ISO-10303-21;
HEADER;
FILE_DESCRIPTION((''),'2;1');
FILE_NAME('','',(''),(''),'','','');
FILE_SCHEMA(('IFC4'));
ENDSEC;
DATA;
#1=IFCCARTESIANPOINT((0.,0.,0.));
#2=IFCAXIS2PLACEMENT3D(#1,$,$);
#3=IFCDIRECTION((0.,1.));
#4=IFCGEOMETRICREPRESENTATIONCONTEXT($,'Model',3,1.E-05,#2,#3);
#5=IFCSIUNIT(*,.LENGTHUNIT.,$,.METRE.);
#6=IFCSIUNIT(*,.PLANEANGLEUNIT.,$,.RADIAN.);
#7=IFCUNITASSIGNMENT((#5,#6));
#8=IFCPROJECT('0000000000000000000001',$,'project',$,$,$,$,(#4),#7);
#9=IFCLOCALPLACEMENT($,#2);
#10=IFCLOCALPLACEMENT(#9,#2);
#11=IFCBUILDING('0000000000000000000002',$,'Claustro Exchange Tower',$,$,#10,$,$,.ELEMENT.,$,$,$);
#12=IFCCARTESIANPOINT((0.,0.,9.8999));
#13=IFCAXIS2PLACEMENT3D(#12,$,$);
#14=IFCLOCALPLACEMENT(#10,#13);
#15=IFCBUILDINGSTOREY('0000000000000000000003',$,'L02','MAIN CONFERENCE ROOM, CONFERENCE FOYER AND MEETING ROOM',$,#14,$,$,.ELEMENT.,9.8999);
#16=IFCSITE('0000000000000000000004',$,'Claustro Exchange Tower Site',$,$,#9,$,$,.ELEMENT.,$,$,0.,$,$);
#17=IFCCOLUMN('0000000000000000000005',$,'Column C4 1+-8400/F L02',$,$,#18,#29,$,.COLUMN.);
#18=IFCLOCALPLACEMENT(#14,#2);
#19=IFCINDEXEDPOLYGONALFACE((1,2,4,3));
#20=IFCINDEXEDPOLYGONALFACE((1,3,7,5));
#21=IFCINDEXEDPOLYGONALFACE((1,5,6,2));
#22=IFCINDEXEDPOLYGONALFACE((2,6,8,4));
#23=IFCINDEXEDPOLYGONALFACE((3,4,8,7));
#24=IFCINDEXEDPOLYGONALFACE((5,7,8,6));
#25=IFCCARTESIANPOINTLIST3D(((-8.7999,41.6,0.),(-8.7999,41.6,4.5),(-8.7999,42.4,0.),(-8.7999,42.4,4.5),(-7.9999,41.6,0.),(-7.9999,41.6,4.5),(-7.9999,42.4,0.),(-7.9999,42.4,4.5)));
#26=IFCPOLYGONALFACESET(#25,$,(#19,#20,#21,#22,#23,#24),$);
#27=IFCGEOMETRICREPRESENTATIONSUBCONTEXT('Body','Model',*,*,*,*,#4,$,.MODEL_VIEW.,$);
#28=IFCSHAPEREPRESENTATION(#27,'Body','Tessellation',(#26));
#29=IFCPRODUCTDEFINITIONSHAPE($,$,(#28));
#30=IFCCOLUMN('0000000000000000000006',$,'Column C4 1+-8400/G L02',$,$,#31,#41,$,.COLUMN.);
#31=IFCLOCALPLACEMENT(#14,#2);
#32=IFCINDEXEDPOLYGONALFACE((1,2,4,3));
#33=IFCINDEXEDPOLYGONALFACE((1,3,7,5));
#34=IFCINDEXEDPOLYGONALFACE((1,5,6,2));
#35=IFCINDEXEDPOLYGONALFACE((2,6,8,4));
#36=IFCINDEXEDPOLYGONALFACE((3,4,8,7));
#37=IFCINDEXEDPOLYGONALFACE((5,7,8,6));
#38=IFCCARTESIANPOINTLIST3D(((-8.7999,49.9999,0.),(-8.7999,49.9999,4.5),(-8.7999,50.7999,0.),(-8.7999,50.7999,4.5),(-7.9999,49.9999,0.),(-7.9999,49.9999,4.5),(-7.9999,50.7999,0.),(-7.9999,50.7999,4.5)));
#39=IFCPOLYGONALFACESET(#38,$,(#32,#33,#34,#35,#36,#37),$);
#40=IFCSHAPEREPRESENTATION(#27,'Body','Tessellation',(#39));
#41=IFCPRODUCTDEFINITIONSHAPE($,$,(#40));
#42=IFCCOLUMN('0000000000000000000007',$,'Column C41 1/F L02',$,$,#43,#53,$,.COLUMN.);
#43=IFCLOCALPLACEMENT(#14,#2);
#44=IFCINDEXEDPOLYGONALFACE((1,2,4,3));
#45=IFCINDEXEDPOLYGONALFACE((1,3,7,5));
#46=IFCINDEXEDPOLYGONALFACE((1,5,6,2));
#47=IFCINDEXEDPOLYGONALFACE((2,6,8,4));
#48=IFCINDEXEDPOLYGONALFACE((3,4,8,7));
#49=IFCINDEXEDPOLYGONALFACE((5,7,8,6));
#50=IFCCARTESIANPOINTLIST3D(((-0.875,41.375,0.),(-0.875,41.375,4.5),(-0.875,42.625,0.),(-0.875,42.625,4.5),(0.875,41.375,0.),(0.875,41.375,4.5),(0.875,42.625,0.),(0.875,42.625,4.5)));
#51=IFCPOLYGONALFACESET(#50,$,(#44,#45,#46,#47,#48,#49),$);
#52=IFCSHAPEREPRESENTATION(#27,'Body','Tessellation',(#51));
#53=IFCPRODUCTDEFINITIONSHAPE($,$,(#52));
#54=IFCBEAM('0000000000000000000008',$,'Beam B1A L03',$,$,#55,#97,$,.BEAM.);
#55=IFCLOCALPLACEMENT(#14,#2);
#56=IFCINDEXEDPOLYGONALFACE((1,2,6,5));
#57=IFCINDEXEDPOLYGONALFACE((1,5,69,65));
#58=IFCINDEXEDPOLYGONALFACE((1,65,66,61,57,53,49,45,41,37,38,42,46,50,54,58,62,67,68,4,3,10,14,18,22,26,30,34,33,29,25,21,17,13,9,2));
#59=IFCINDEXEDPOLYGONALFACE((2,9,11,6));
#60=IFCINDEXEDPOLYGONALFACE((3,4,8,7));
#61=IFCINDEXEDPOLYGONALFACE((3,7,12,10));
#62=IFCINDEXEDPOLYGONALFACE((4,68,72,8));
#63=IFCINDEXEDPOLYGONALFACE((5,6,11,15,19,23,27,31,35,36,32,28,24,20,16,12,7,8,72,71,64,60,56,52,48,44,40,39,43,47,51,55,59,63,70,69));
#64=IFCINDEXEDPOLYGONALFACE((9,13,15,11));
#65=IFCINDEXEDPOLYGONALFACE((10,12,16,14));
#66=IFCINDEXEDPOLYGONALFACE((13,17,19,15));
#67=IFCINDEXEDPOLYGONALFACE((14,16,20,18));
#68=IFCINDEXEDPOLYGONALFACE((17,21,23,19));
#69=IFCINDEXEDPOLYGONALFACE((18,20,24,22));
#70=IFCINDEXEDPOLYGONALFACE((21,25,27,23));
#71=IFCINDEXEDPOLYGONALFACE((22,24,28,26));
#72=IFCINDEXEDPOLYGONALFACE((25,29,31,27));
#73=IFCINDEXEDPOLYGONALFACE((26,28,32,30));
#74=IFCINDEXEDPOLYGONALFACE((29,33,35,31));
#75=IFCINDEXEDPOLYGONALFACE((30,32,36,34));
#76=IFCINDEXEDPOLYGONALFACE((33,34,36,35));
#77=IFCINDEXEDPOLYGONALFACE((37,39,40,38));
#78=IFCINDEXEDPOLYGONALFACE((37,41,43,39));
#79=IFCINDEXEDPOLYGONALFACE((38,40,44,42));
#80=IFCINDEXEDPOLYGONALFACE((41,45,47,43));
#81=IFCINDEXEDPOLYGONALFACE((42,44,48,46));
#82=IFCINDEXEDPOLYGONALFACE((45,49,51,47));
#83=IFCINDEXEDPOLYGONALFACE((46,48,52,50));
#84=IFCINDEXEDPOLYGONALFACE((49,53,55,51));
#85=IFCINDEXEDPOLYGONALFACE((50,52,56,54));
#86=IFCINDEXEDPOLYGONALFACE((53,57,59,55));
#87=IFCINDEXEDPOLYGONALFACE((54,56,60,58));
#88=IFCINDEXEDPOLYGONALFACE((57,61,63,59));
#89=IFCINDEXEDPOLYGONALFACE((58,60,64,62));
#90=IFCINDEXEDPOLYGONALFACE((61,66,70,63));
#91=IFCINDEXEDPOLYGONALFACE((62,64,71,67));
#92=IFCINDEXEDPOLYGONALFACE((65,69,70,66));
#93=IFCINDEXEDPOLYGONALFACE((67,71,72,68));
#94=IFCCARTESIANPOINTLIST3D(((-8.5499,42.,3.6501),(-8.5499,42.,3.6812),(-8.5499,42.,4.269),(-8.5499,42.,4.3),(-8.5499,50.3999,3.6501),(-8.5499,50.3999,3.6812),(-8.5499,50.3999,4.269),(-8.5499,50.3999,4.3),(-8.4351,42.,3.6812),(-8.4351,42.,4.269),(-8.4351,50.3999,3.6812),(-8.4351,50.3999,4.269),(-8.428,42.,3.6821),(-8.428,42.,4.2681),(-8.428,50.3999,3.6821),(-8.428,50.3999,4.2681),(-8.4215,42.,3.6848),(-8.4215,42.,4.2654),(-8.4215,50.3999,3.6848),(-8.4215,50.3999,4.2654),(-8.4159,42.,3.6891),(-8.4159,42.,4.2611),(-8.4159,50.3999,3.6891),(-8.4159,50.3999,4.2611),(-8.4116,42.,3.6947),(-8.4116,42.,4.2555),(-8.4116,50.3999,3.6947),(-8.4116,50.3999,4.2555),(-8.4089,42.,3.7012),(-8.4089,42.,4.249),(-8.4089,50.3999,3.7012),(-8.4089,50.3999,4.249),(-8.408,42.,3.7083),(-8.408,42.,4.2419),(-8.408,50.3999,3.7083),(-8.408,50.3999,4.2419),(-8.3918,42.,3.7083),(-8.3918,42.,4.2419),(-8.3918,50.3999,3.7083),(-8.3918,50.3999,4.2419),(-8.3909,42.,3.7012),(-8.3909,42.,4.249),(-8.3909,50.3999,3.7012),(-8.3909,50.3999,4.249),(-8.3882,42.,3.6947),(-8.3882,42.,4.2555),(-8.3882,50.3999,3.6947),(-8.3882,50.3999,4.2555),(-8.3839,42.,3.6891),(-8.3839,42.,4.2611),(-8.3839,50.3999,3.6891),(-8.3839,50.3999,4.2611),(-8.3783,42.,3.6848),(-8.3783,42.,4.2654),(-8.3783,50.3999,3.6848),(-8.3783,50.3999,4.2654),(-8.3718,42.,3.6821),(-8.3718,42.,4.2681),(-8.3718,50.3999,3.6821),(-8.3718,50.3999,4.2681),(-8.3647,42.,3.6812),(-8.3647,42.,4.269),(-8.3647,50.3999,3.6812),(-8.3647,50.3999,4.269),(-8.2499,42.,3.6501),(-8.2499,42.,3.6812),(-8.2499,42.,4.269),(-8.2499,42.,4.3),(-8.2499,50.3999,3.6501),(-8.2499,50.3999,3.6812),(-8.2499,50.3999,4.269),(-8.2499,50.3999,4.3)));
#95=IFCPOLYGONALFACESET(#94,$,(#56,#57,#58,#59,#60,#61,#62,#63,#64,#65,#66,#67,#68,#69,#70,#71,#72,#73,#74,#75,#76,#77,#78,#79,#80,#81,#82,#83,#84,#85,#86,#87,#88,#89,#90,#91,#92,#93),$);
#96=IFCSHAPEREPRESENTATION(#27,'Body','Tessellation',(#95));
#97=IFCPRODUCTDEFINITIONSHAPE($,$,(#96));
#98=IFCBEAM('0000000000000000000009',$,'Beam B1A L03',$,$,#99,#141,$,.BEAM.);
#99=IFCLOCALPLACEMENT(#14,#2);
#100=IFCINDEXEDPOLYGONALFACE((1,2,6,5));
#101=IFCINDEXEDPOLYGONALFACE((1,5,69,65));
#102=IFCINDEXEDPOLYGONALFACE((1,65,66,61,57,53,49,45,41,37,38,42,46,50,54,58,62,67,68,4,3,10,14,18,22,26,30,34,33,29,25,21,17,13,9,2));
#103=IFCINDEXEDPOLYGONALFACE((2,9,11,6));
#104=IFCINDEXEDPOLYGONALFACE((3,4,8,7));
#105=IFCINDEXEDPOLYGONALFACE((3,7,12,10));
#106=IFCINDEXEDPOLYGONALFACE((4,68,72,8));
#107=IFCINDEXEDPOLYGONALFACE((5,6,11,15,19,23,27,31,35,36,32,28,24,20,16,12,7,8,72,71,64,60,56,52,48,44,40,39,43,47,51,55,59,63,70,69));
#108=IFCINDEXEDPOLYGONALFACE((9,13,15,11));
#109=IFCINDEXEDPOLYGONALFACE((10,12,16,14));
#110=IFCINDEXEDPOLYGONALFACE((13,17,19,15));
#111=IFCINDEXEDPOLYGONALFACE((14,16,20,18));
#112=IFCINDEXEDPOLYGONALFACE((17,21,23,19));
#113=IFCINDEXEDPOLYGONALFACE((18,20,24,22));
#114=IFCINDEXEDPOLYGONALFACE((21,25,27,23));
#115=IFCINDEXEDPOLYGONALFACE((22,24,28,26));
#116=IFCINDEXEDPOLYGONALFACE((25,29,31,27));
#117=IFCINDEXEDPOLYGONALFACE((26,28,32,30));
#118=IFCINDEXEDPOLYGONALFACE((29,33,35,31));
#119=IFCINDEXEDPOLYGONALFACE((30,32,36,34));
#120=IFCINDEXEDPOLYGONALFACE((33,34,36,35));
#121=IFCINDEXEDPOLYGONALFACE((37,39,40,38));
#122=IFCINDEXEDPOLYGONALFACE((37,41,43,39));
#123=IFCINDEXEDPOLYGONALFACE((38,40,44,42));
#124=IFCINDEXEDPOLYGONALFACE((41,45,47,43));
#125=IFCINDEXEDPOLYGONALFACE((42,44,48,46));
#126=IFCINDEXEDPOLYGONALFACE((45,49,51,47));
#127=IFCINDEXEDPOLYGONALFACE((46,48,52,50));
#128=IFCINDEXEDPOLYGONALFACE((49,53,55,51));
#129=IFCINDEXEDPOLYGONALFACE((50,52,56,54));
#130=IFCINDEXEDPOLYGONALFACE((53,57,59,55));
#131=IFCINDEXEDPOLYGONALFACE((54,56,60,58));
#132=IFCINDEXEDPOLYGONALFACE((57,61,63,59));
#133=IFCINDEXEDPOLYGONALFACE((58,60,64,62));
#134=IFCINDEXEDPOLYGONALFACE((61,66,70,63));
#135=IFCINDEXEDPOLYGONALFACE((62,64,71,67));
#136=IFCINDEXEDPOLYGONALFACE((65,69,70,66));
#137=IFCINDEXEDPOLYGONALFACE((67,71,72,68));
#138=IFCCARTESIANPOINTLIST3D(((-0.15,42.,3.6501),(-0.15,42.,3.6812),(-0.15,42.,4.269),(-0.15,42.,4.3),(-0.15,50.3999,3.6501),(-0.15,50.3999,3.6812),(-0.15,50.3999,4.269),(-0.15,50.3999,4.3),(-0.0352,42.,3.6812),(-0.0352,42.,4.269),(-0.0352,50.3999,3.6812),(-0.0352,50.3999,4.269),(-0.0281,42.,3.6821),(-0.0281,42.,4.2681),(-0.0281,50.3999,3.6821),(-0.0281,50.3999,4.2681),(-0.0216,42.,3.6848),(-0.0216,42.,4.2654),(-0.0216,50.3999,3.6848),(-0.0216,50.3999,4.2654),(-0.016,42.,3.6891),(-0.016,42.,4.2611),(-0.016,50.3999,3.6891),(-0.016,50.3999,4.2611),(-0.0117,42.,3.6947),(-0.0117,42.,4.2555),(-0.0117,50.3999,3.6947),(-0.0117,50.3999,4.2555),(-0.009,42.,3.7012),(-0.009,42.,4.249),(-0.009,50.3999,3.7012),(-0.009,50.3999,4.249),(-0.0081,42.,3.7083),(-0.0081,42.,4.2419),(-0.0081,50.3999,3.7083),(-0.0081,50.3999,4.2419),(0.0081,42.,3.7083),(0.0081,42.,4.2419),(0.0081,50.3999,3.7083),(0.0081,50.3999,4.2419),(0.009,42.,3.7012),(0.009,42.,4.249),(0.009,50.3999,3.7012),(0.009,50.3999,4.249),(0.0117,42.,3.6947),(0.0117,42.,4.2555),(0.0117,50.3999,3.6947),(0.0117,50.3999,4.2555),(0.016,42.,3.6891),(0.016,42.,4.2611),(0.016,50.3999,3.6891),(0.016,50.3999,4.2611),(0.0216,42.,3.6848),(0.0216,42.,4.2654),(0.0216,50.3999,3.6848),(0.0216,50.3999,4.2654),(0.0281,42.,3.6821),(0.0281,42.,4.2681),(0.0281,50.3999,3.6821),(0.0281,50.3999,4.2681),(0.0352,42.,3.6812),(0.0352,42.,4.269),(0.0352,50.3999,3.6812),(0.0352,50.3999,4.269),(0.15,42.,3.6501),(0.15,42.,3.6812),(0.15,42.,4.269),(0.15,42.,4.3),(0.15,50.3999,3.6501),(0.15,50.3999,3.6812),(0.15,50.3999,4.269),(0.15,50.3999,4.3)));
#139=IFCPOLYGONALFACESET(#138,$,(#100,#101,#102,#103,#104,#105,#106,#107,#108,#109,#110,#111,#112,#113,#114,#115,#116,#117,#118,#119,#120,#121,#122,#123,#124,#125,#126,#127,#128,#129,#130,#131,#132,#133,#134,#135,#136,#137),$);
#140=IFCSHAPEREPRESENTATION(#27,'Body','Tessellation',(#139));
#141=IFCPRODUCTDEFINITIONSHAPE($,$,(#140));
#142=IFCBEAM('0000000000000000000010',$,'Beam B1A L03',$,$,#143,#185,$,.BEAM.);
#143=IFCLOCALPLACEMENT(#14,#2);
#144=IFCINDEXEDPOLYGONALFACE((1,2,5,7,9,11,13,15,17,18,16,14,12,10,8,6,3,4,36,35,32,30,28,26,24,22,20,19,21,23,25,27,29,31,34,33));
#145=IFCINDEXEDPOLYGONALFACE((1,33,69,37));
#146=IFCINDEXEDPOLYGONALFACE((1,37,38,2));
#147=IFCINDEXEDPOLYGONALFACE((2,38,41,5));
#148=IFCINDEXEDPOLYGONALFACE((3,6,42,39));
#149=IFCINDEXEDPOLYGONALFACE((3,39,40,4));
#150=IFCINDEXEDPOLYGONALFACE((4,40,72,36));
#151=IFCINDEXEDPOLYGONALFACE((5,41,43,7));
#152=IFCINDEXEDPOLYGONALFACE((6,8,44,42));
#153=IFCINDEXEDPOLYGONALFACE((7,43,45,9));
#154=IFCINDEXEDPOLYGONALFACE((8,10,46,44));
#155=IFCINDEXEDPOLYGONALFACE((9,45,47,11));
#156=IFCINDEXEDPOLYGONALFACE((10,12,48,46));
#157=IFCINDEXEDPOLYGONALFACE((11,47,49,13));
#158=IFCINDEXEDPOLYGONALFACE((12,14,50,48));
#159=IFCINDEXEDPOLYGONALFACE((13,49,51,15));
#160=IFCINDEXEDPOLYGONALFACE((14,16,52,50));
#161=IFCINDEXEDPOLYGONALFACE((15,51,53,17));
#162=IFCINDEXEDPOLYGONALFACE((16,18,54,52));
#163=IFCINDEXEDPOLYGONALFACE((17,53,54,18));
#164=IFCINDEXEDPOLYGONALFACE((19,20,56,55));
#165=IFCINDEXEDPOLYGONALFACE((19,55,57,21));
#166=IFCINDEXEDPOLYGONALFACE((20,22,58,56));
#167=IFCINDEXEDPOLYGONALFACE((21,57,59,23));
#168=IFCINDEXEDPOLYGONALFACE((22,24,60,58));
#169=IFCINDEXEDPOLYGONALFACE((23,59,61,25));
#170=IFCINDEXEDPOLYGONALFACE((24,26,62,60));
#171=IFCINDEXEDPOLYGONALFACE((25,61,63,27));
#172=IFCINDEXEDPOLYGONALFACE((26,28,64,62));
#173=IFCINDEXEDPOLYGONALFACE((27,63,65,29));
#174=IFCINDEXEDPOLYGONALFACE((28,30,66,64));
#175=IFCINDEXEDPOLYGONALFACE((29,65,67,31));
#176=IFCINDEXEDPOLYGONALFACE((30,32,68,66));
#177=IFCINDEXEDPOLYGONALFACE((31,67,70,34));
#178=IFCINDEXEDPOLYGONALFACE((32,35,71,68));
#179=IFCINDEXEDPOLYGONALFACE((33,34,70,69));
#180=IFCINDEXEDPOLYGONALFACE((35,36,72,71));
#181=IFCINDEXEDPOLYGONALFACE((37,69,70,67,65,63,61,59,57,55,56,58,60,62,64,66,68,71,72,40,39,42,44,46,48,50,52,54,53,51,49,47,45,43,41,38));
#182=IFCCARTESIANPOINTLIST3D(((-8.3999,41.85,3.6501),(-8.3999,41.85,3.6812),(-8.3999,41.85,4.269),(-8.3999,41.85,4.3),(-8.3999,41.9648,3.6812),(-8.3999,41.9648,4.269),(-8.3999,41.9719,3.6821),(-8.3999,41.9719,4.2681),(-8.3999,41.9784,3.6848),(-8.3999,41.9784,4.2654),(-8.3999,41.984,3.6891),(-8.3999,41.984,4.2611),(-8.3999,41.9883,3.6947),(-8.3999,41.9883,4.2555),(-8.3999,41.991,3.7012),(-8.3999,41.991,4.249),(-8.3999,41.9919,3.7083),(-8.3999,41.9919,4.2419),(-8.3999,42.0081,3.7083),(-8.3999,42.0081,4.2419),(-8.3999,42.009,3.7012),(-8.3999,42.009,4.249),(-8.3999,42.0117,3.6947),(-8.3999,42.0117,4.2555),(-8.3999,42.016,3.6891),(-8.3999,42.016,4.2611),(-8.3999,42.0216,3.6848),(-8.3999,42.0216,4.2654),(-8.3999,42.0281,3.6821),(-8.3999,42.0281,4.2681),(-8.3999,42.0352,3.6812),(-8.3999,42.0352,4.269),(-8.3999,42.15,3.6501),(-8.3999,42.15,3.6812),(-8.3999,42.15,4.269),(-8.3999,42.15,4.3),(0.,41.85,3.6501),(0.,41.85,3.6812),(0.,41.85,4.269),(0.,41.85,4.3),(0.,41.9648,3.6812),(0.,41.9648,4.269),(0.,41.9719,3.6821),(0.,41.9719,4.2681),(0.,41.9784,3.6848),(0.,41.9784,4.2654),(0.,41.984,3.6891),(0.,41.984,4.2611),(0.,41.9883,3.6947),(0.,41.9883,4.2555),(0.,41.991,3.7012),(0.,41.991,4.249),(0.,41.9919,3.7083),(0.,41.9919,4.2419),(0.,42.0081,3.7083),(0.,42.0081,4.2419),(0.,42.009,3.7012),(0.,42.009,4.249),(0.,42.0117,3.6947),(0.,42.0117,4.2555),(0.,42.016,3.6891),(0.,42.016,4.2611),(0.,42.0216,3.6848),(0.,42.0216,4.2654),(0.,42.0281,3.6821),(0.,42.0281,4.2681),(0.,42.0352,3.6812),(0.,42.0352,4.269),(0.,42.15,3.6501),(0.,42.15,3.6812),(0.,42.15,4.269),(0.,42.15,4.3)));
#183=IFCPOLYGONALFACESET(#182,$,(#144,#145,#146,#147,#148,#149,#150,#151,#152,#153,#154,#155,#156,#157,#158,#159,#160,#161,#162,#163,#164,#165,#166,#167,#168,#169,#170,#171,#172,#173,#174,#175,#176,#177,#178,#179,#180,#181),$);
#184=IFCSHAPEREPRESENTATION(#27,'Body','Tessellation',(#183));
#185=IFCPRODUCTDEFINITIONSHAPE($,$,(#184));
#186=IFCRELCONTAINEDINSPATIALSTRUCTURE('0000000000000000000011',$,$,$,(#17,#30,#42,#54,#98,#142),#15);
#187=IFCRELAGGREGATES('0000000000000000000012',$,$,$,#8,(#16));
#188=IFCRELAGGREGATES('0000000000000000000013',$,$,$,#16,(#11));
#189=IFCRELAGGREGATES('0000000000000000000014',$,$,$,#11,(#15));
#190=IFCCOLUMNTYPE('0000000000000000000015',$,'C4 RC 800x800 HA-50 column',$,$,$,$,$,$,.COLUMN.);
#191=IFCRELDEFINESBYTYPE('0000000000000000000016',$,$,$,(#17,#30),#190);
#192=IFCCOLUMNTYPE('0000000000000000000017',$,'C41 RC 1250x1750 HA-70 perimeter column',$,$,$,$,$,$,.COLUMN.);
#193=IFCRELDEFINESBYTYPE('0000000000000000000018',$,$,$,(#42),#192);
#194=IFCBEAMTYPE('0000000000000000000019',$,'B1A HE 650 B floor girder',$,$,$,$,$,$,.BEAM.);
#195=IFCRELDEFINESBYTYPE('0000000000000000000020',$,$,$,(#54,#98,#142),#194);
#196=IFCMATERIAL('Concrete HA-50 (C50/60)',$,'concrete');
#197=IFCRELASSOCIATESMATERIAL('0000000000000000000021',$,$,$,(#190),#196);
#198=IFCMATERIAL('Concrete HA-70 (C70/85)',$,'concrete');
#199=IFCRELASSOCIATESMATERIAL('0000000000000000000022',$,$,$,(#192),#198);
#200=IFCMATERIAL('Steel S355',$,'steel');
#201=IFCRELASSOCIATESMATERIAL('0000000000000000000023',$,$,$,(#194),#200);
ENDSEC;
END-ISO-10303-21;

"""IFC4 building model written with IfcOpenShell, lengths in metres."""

from ifc_helpers import new_model, si_unit, direction, frame, origin, origin_2d, place, context, subcontext, project, spatial, rectangle, i_section, extrude, material, material_profile, profile_set, type_object, element, save


model = new_model("IFC4")

# Units and contexts
model_context = context("Model", 3, precision=1e-05, world=origin(), true_north=direction((0.0, 1.0)))
body_context = subcontext(model_context, "Body", "Model", "MODEL_VIEW")
ifc_project = project(units=[si_unit("LENGTHUNIT", "METRE"), si_unit("PLANEANGLEUNIT", "RADIAN")], contexts=[model_context])

# Site, building, storey
site_placement = place(None, origin())
site = spatial("IfcSite", under=ifc_project, at=site_placement, Name="Claustro Exchange Tower Site", CompositionType="ELEMENT", RefElevation=0.0)
building_placement = place(site_placement, origin())
building = spatial("IfcBuilding", under=site, at=building_placement, Name="Claustro Exchange Tower", CompositionType="ELEMENT")
storey_placement = place(building_placement, frame((0.0, 0.0, 9.8999)))
storey = spatial("IfcBuildingStorey", under=building, at=storey_placement, Name="L02", Description="MAIN CONFERENCE ROOM, CONFERENCE FOYER AND MEETING ROOM", CompositionType="ELEMENT", Elevation=9.8999)

# Columns
ifc_material_1 = material(Name="Concrete HA-50 (C50/60)", Category="concrete")
ifc_material_profile_1 = material_profile(ifc_material_1, rectangle(XDim=0.8, YDim=0.8, at=origin_2d()), Name="RC 800x800")
ifc_profile_set_1 = profile_set([ifc_material_profile_1], Name="Concrete HA-50 (C50/60)")
column_type_1 = type_object("IfcColumnType", Name="C4 RC 800x800 HA-50 column", PredefinedType="COLUMN", material=ifc_profile_set_1)
for number, where, z_axis, x_axis, name in (
    (1, (-8.3999, 42.0, 0.0), (0.0, 0.0, 1.0), (1.0, 0.0, 0.0), "Column C4 1+-8400/F L02"),
    (2, (-8.3999, 50.3999, 0.0), (0.0, 0.0, 1.0), (1.0, 0.0, 0.0), "Column C4 1+-8400/G L02"),
):
    element("IfcColumn", number, at=place(storey_placement, frame(where, z_axis=z_axis, x_axis=x_axis)), inside=storey, type_object=column_type_1, Name=name, PredefinedType="COLUMN", context=body_context, shape_type="SweptSolid", body=[
        extrude(rectangle(XDim=0.8, YDim=0.8, at=origin_2d()), origin(), (0.0, 0.0, 1.0), 4.5),
    ])
ifc_material_2 = material(Name="Concrete HA-70 (C70/85)", Category="concrete")
ifc_material_profile_2 = material_profile(ifc_material_2, rectangle(XDim=1.25, YDim=1.75, at=origin_2d()), Name="RC 1250x1750")
ifc_profile_set_2 = profile_set([ifc_material_profile_2], Name="Concrete HA-70 (C70/85)")
column_type_2 = type_object("IfcColumnType", Name="C41 RC 1250x1750 HA-70 perimeter column", PredefinedType="COLUMN", material=ifc_profile_set_2)
column_placement = place(storey_placement, frame((0.0, 42.0, 0.0), z_axis=(0.0, 0.0, 1.0), x_axis=(0.0, 1.0, 0.0)))
element("IfcColumn", 3, at=column_placement, inside=storey, type_object=column_type_2, Name="Column C41 1/F L02", PredefinedType="COLUMN", context=body_context, shape_type="SweptSolid", body=[
    extrude(rectangle(XDim=1.25, YDim=1.75, at=origin_2d()), origin(), (0.0, 0.0, 1.0), 4.5),
])

# Beams
ifc_material_3 = material(Name="Steel S355", Category="steel")
ifc_material_profile_3 = material_profile(ifc_material_3, i_section(OverallWidth=0.3, OverallDepth=0.6499, WebThickness=0.0161, FlangeThickness=0.031, FilletRadius=0.0271, at=origin_2d()), Name="HE 650 B")
ifc_profile_set_3 = profile_set([ifc_material_profile_3], Name="Steel S355")
beam_type_1 = type_object("IfcBeamType", Name="B1A HE 650 B floor girder", PredefinedType="BEAM", material=ifc_profile_set_3)
for number, where, z_axis, x_axis, name in (
    (4, (-8.3999, 42.0, 3.9751), (0.0, 1.0, 0.0), (-1.0, 0.0, 0.0), "Beam B1A L03"),
    (5, (0.0, 42.0, 3.9751), (0.0, 1.0, 0.0), (-1.0, 0.0, 0.0), "Beam B1A L03"),
    (6, (-8.3999, 42.0, 3.9751), (1.0, 0.0, 0.0), (0.0, 1.0, 0.0), "Beam B1A L03"),
):
    element("IfcBeam", number, at=place(storey_placement, frame(where, z_axis=z_axis, x_axis=x_axis)), inside=storey, type_object=beam_type_1, Name=name, PredefinedType="BEAM", context=body_context, shape_type="SweptSolid", body=[
        extrude(i_section(OverallWidth=0.3, OverallDepth=0.6499, WebThickness=0.0161, FlangeThickness=0.031, FilletRadius=0.0271, at=origin_2d()), origin(), (0.0, 0.0, 1.0), 8.3999),
    ])

save(model, "model.ifc")
